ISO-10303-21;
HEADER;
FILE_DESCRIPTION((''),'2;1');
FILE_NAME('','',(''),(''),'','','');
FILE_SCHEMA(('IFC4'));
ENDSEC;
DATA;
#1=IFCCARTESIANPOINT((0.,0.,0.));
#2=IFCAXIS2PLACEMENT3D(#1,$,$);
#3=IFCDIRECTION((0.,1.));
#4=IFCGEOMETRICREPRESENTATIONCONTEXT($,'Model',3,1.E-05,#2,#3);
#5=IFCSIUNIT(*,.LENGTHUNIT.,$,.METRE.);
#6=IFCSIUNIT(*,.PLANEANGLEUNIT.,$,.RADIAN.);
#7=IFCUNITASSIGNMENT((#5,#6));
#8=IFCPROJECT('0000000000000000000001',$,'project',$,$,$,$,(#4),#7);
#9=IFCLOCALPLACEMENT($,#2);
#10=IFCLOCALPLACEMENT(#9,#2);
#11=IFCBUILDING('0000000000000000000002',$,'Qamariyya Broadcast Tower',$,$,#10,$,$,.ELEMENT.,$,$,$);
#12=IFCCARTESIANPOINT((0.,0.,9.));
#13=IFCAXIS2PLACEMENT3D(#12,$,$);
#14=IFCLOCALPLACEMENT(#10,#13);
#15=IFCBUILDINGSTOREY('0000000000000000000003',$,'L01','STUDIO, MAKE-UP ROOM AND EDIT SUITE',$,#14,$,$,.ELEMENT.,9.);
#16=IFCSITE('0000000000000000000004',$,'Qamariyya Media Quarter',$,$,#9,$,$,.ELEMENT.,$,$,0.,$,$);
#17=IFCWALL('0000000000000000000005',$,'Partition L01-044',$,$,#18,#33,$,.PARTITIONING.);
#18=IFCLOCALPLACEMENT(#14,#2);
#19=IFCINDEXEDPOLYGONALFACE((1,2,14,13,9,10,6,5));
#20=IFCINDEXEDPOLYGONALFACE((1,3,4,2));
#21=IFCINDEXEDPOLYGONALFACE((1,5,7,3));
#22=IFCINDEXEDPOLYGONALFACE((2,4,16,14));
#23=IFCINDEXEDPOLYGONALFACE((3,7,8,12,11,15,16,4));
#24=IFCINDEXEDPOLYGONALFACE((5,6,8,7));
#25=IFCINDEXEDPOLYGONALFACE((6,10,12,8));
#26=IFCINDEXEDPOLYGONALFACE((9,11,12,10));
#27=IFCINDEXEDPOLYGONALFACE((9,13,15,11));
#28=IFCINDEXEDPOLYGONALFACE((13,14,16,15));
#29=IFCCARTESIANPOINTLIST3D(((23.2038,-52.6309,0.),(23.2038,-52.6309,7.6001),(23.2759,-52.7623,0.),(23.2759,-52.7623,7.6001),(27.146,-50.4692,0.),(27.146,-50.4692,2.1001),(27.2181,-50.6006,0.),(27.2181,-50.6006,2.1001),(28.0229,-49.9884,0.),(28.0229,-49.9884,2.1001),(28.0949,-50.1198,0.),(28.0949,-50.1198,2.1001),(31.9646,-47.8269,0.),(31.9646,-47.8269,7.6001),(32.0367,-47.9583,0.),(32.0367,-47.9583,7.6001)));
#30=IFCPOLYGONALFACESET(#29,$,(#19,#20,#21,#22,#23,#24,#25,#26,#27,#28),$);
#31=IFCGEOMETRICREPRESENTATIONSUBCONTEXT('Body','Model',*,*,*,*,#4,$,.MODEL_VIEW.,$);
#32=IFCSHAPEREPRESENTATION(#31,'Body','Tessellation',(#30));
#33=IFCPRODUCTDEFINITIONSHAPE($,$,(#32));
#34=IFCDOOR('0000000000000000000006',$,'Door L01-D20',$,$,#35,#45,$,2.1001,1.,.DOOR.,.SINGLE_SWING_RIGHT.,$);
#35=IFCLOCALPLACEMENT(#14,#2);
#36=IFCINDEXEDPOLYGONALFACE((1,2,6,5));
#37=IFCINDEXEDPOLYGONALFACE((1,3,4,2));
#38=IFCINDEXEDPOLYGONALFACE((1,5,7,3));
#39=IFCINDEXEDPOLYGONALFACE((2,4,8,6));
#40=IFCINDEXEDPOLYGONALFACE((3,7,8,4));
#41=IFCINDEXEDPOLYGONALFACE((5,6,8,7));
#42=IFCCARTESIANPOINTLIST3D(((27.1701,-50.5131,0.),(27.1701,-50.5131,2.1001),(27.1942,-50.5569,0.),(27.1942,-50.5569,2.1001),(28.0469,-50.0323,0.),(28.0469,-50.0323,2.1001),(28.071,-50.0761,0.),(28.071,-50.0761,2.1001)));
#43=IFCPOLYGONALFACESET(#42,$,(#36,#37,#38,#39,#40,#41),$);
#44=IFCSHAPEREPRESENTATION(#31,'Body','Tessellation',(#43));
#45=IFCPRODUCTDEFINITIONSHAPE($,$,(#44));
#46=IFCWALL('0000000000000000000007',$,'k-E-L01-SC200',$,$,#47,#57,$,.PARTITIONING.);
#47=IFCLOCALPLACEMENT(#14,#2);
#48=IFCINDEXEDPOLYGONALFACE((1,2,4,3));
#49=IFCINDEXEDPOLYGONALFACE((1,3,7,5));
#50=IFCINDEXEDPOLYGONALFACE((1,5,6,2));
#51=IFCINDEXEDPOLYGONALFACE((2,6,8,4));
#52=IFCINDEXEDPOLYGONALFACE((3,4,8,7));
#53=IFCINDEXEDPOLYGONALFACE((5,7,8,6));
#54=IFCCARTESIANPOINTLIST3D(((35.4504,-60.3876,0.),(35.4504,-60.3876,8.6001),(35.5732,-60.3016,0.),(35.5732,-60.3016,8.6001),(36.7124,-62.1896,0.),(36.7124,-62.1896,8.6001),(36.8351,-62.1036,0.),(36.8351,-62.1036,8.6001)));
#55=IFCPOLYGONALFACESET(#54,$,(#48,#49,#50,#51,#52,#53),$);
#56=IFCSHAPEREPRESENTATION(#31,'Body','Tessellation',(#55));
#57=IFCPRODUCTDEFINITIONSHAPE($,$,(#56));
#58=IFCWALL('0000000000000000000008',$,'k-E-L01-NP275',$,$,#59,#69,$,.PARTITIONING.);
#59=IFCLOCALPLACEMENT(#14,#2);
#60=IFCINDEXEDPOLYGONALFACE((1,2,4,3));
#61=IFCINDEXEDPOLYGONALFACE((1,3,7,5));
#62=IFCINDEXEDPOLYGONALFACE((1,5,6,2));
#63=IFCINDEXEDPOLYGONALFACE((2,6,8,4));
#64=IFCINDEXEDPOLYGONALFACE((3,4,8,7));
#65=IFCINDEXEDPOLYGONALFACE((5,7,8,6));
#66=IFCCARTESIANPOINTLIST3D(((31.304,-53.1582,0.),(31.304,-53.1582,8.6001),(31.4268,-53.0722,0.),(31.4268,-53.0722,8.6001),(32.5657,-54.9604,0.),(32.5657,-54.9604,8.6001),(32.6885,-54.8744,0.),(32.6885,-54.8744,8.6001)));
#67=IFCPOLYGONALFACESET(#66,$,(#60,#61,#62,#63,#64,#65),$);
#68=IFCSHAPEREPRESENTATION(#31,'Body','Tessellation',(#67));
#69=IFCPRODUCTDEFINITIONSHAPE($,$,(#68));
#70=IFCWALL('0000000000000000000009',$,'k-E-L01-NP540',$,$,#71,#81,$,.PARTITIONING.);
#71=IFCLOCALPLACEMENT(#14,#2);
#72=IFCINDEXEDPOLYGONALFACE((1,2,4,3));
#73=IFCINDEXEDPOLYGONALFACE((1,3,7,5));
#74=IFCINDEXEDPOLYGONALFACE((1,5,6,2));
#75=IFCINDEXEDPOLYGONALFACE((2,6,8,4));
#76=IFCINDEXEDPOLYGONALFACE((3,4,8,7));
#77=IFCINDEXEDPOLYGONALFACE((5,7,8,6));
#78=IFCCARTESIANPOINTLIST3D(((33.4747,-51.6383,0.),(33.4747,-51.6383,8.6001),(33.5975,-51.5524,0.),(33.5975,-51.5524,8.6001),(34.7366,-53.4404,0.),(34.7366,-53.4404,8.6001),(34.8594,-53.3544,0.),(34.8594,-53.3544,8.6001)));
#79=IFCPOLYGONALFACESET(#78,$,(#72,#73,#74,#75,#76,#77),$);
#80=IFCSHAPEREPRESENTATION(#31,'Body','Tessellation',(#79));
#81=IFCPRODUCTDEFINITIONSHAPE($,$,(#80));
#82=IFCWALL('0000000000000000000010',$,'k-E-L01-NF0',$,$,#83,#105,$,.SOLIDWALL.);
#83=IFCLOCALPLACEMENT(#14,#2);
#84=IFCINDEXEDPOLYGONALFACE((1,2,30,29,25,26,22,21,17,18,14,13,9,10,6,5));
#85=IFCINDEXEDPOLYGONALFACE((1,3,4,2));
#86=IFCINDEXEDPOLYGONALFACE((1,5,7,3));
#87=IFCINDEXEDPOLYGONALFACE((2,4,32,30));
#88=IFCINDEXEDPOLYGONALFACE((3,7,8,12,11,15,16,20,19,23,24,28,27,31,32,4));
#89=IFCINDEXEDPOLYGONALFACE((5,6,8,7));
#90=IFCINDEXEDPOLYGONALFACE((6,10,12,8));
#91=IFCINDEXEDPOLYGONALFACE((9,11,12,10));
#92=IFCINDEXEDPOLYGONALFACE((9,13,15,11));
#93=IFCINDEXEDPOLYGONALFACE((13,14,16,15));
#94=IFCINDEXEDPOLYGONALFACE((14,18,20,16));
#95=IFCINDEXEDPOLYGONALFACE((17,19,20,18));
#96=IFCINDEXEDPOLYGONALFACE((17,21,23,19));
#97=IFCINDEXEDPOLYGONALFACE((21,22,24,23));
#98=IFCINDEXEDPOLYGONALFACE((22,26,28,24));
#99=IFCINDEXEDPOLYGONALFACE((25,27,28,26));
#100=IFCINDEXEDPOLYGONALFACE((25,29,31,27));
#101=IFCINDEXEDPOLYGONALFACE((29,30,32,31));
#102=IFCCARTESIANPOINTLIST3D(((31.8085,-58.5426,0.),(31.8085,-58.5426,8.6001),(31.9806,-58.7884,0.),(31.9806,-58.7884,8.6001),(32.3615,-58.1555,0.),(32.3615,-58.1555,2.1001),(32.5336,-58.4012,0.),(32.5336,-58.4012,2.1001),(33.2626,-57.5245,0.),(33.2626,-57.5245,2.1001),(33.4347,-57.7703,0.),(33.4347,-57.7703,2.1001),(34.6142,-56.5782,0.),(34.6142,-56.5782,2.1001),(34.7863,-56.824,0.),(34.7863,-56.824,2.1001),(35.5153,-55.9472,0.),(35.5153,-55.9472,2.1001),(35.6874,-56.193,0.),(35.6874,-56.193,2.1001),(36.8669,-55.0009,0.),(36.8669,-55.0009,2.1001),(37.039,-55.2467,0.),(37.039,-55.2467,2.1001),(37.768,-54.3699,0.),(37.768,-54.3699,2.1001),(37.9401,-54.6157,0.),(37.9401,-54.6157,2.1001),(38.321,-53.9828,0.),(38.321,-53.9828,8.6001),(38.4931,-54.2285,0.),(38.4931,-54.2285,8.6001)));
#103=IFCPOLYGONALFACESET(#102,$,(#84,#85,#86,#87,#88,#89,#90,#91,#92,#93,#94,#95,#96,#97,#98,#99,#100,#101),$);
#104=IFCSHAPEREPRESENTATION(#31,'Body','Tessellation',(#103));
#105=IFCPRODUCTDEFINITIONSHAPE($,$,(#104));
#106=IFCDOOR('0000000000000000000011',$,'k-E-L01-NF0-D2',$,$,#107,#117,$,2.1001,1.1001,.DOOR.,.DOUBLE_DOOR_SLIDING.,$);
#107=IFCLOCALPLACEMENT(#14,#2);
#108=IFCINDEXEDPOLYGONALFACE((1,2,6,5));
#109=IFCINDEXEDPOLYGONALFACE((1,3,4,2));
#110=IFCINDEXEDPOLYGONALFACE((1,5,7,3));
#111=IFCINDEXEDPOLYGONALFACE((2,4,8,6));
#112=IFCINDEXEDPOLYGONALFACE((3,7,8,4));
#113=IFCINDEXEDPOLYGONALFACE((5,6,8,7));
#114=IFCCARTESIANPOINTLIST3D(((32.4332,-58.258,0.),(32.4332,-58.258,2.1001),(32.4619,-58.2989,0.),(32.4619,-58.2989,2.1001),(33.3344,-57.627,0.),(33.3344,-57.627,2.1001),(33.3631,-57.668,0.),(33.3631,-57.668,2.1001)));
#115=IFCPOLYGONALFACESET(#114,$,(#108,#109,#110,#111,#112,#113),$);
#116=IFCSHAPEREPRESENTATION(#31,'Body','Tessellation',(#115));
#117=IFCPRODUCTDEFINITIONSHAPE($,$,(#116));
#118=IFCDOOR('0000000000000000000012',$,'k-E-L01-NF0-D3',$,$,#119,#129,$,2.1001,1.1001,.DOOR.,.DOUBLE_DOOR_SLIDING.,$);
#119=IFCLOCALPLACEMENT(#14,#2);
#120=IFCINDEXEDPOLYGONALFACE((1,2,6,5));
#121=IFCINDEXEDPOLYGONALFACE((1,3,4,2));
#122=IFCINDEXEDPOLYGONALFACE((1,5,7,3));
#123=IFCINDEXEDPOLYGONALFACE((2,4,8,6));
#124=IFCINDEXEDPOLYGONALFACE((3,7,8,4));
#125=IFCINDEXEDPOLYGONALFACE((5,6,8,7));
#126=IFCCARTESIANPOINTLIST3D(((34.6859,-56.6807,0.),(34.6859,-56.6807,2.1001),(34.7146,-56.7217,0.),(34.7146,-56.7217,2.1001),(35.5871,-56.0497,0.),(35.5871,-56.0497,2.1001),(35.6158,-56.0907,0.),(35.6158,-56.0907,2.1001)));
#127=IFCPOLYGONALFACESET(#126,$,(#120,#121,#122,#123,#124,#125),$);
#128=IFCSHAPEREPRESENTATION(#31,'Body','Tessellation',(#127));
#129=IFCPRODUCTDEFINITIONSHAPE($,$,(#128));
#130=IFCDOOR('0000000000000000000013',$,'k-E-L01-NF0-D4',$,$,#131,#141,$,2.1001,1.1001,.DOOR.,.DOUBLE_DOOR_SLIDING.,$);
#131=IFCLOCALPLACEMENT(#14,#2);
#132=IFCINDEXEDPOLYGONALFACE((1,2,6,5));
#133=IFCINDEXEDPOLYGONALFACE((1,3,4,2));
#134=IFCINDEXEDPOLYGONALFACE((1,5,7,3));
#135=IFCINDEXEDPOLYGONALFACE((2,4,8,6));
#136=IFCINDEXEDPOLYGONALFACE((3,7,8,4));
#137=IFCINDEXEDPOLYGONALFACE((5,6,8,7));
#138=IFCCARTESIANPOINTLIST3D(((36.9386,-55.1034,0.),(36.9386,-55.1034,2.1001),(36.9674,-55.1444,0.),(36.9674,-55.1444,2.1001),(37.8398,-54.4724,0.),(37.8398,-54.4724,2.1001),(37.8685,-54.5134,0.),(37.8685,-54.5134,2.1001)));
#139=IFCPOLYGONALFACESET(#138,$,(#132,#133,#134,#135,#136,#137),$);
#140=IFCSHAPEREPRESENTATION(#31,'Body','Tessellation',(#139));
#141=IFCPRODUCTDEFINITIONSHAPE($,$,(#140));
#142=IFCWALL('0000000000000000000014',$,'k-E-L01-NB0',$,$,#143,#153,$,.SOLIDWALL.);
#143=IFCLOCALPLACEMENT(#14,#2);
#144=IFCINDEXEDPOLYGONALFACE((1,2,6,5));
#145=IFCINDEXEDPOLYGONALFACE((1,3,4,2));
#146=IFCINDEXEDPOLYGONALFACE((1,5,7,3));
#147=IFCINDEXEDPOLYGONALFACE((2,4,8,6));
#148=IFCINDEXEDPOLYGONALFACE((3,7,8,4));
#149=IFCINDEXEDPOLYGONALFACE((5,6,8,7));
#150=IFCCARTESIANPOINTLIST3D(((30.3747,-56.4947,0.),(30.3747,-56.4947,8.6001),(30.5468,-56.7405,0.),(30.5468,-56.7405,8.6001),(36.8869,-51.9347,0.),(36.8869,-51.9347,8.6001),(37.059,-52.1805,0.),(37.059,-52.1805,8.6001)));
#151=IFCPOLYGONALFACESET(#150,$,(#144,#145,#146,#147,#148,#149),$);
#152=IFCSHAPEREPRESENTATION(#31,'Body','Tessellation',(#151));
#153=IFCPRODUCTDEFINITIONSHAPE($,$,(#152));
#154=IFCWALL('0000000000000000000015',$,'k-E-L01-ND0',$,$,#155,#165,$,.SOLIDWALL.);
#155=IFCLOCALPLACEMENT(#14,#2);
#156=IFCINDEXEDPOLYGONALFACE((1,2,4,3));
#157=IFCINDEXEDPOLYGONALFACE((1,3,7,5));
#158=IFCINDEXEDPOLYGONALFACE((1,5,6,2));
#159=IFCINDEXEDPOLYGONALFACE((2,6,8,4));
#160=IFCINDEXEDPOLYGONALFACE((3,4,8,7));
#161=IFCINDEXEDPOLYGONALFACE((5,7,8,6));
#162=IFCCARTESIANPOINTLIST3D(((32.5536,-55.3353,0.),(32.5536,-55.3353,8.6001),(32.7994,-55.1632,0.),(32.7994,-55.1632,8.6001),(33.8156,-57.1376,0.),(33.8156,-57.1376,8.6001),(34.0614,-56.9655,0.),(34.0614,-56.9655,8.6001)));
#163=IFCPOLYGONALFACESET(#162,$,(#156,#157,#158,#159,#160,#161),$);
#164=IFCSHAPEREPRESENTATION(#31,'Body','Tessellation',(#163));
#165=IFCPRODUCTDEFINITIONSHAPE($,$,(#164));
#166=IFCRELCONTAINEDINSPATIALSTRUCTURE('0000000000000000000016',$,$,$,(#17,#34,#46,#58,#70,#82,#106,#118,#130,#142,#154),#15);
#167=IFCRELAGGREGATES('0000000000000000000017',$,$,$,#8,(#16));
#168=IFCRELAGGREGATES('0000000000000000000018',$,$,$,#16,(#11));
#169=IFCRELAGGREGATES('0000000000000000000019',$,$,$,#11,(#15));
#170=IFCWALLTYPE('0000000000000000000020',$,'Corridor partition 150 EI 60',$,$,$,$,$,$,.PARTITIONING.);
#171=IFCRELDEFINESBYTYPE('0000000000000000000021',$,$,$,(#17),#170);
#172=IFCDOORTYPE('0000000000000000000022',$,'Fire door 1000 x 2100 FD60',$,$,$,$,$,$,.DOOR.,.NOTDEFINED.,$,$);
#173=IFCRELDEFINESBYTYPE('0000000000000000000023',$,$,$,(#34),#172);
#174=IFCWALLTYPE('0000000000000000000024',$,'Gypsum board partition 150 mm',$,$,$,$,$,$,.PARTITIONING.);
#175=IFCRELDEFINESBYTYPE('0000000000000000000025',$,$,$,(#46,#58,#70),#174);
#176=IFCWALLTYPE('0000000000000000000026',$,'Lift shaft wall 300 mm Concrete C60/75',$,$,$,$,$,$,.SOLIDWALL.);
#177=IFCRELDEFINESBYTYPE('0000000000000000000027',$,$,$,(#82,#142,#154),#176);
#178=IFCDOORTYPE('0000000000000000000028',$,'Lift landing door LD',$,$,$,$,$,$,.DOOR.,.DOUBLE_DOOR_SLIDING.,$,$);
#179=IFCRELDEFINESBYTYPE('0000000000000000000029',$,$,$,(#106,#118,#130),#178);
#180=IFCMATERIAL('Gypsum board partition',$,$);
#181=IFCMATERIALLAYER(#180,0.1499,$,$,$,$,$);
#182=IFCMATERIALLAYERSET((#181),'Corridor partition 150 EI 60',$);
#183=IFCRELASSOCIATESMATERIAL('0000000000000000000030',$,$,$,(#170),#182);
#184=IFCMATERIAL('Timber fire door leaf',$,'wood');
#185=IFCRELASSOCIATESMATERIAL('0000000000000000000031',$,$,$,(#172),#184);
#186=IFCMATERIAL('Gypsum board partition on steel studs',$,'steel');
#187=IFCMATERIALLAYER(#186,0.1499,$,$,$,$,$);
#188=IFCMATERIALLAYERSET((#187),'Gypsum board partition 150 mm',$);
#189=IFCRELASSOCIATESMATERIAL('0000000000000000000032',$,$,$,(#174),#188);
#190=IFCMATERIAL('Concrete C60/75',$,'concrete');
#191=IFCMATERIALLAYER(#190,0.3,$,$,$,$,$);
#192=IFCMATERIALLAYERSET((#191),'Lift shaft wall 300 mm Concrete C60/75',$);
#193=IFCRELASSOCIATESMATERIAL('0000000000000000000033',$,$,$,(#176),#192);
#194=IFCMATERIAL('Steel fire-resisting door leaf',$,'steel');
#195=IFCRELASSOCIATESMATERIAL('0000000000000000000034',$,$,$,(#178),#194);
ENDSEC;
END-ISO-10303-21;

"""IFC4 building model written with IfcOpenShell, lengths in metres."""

from ifc_helpers import new_model, si_unit, direction, frame, frame_2d, origin, place, context, subcontext, project, spatial, rectangle, extrude, material, layer, layer_set, type_object, element, fill, save


model = new_model("IFC4")

# Units and contexts
model_context = context("Model", 3, precision=1e-05, world=origin(), true_north=direction((0.0, 1.0)))
body_context = subcontext(model_context, "Body", "Model", "MODEL_VIEW")
ifc_project = project(units=[si_unit("LENGTHUNIT", "METRE"), si_unit("PLANEANGLEUNIT", "RADIAN")], contexts=[model_context])

# Site, building, storey
site_placement = place(None, origin())
site = spatial("IfcSite", under=ifc_project, at=site_placement, Name="Qamariyya Media Quarter", CompositionType="ELEMENT", RefElevation=0.0)
building_placement = place(site_placement, origin())
building = spatial("IfcBuilding", under=site, at=building_placement, Name="Qamariyya Broadcast Tower", CompositionType="ELEMENT")
storey_placement = place(building_placement, frame((0.0, 0.0, 9.0)))
storey = spatial("IfcBuildingStorey", under=building, at=storey_placement, Name="L01", Description="STUDIO, MAKE-UP ROOM AND EDIT SUITE", CompositionType="ELEMENT", Elevation=9.0)

# Shared definitions
ifc_material_1 = material(Name="Steel fire-resisting door leaf", Category="steel")

# Shared definitions
ifc_material_2 = material(Name="Gypsum board partition")
ifc_layer_1 = layer(ifc_material_2, 0.1499)
ifc_layer_set_1 = layer_set([ifc_layer_1], Name="Corridor partition 150 EI 60")
wall_type_1 = type_object("IfcWallType", Name="Corridor partition 150 EI 60", PredefinedType="PARTITIONING", material=ifc_layer_set_1)

# Wall, opening, door
wall_1_placement = place(storey_placement, frame((23.24, -52.6965, 0.0), z_axis=(0.0, 0.0, 1.0), x_axis=(0.876826, 0.480808, 0.0)))
wall_1 = element("IfcWall", 1, at=wall_1_placement, inside=storey, type_object=wall_type_1, Name="Partition L01-044", PredefinedType="PARTITIONING", context=body_context, shape_type="SweptSolid", body=[
    extrude(rectangle(XDim=9.9915, YDim=0.1499, at=frame_2d((4.9956, 0.0))), origin(), (0.0, 0.0, 1.0), 7.6001),
])
opening_1_placement = place(wall_1_placement, frame((4.4958, 0.0, 0.0)))
opening_1 = element("IfcOpeningElement", 2, at=opening_1_placement, cuts=wall_1, PredefinedType="OPENING", context=body_context, shape_type="SweptSolid", body=[
    extrude(rectangle(XDim=1.0, YDim=2.1001, at=frame_2d((0.5, 1.05))), frame((0.0, 0.085, 0.0), z_axis=(0.0, -1.0, 0.0), x_axis=(1.0, 0.0, 0.0)), (0.0, 0.0, 1.0), 0.1699),
])
ifc_material_3 = material(Name="Timber fire door leaf", Category="wood")
door_type_1 = type_object("IfcDoorType", Name="Fire door 1000 x 2100 FD60", OperationType="NOTDEFINED", PredefinedType="DOOR", material=ifc_material_3)
door_1_placement = place(opening_1_placement, origin())
door_1 = element("IfcDoor", 3, at=door_1_placement, inside=storey, type_object=door_type_1, Name="Door L01-D20", OperationType="SINGLE_SWING_RIGHT", OverallHeight=2.1001, OverallWidth=1.0, PredefinedType="DOOR", context=body_context, shape_type="SweptSolid", body=[
    extrude(rectangle(XDim=1.0, YDim=2.1001, at=frame_2d((0.5, 1.05))), frame((0.0, 0.0249, 0.0), z_axis=(0.0, -1.0, 0.0), x_axis=(1.0, 0.0, 0.0)), (0.0, 0.0, 1.0), 0.05),
])
fill(opening_1, door_1)

# Walls
ifc_material_4 = material(Name="Gypsum board partition on steel studs", Category="steel")
ifc_layer_2 = layer(ifc_material_4, 0.1499)
ifc_layer_set_2 = layer_set([ifc_layer_2], Name="Gypsum board partition 150 mm")
wall_type_2 = type_object("IfcWallType", Name="Gypsum board partition 150 mm", PredefinedType="PARTITIONING", material=ifc_layer_set_2)
for number, where, z_axis, x_axis, name in (
    (4, (35.5117, -60.3445, 0.0), (0.0, 0.0, 1.0), (0.573634, -0.819112, 0.0), "k-E-L01-SC200"),
    (5, (32.6272, -54.9175, 0.0), (0.0, 0.0, 1.0), (-0.573507, 0.819201, 0.0), "k-E-L01-NP275"),
    (6, (34.7981, -53.3975, 0.0), (0.0, 0.0, 1.0), (-0.573634, 0.819112, 0.0), "k-E-L01-NP540"),
):
    element("IfcWall", number, at=place(storey_placement, frame(where, z_axis=z_axis, x_axis=x_axis)), inside=storey, type_object=wall_type_2, Name=name, PredefinedType="PARTITIONING", context=body_context, shape_type="SweptSolid", body=[
        extrude(rectangle(XDim=2.2, YDim=0.1499, at=frame_2d((1.1001, 0.0))), origin(), (0.0, 0.0, 1.0), 8.6001),
    ])

# Wall, openings, doors
ifc_material_5 = material(Name="Concrete C60/75", Category="concrete")
ifc_layer_3 = layer(ifc_material_5, 0.3)
ifc_layer_set_3 = layer_set([ifc_layer_3], Name="Lift shaft wall 300 mm Concrete C60/75")
wall_type_3 = type_object("IfcWallType", Name="Lift shaft wall 300 mm Concrete C60/75", PredefinedType="SOLIDWALL", material=ifc_layer_set_3)
wall_2_placement = place(storey_placement, frame((31.8945, -58.6655, 0.0), z_axis=(0.0, 0.0, 1.0), x_axis=(0.819167, 0.573555, 0.0)))
wall_2 = element("IfcWall", 7, at=wall_2_placement, inside=storey, type_object=wall_type_3, Name="k-E-L01-NF0", PredefinedType="SOLIDWALL", context=body_context, shape_type="SweptSolid", body=[
    extrude(rectangle(XDim=7.9502, YDim=0.3, at=frame_2d((3.9751, 0.0))), origin(), (0.0, 0.0, 1.0), 8.6001),
])
opening_2_placement = place(wall_2_placement, frame((0.675, 0.0, 0.0)))
opening_2 = element("IfcOpeningElement", 8, at=opening_2_placement, cuts=wall_2, PredefinedType="OPENING", context=body_context, shape_type="SweptSolid", body=[
    extrude(rectangle(XDim=1.1001, YDim=2.1001, at=frame_2d((0.55, 1.05))), frame((0.0, 0.1599, 0.0), z_axis=(0.0, -1.0, 0.0), x_axis=(1.0, 0.0, 0.0)), (0.0, 0.0, 1.0), 0.3201),
])
opening_3_placement = place(wall_2_placement, frame((3.425, 0.0, 0.0)))
opening_3 = element("IfcOpeningElement", 9, at=opening_3_placement, cuts=wall_2, PredefinedType="OPENING", context=body_context, shape_type="SweptSolid", body=[
    extrude(rectangle(XDim=1.1001, YDim=2.1001, at=frame_2d((0.55, 1.05))), frame((0.0, 0.1599, 0.0), z_axis=(0.0, -1.0, 0.0), x_axis=(1.0, 0.0, 0.0)), (0.0, 0.0, 1.0), 0.3201),
])
opening_4_placement = place(wall_2_placement, frame((6.175, 0.0, 0.0)))
opening_4 = element("IfcOpeningElement", 10, at=opening_4_placement, cuts=wall_2, PredefinedType="OPENING", context=body_context, shape_type="SweptSolid", body=[
    extrude(rectangle(XDim=1.1001, YDim=2.1001, at=frame_2d((0.55, 1.05))), frame((0.0, 0.1599, 0.0), z_axis=(0.0, -1.0, 0.0), x_axis=(1.0, 0.0, 0.0)), (0.0, 0.0, 1.0), 0.3201),
])
door_type_2 = type_object("IfcDoorType", Name="Lift landing door LD", OperationType="DOUBLE_DOOR_SLIDING", PredefinedType="DOOR", material=ifc_material_1)
door_2_placement = place(opening_2_placement, origin())
door_2 = element("IfcDoor", 11, at=door_2_placement, inside=storey, type_object=door_type_2, Name="k-E-L01-NF0-D2", OperationType="DOUBLE_DOOR_SLIDING", OverallHeight=2.1001, OverallWidth=1.1001, PredefinedType="DOOR", context=body_context, shape_type="SweptSolid", body=[
    extrude(rectangle(XDim=1.1001, YDim=2.1001, at=frame_2d((0.55, 1.05))), frame((0.0, 0.0249, 0.0), z_axis=(0.0, -1.0, 0.0), x_axis=(1.0, 0.0, 0.0)), (0.0, 0.0, 1.0), 0.05),
])
fill(opening_2, door_2)
door_3_placement = place(opening_3_placement, origin())
door_3 = element("IfcDoor", 12, at=door_3_placement, inside=storey, type_object=door_type_2, Name="k-E-L01-NF0-D3", OperationType="DOUBLE_DOOR_SLIDING", OverallHeight=2.1001, OverallWidth=1.1001, PredefinedType="DOOR", context=body_context, shape_type="SweptSolid", body=[
    extrude(rectangle(XDim=1.1001, YDim=2.1001, at=frame_2d((0.55, 1.05))), frame((0.0, 0.0249, 0.0), z_axis=(0.0, -1.0, 0.0), x_axis=(1.0, 0.0, 0.0)), (0.0, 0.0, 1.0), 0.05),
])
fill(opening_3, door_3)
door_4_placement = place(opening_4_placement, origin())
door_4 = element("IfcDoor", 13, at=door_4_placement, inside=storey, type_object=door_type_2, Name="k-E-L01-NF0-D4", OperationType="DOUBLE_DOOR_SLIDING", OverallHeight=2.1001, OverallWidth=1.1001, PredefinedType="DOOR", context=body_context, shape_type="SweptSolid", body=[
    extrude(rectangle(XDim=1.1001, YDim=2.1001, at=frame_2d((0.55, 1.05))), frame((0.0, 0.0249, 0.0), z_axis=(0.0, -1.0, 0.0), x_axis=(1.0, 0.0, 0.0)), (0.0, 0.0, 1.0), 0.05),
])
fill(opening_4, door_4)

# Walls
wall_3_placement = place(storey_placement, frame((30.4607, -56.6177, 0.0), z_axis=(0.0, 0.0, 1.0), x_axis=(0.819142, 0.57359, 0.0)))
element("IfcWall", 14, at=wall_3_placement, inside=storey, type_object=wall_type_3, Name="k-E-L01-NB0", PredefinedType="SOLIDWALL", context=body_context, shape_type="SweptSolid", body=[
    extrude(rectangle(XDim=7.95, YDim=0.3, at=frame_2d((3.9751, 0.0))), origin(), (0.0, 0.0, 1.0), 8.6001),
])
wall_4_placement = place(storey_placement, frame((33.9385, -57.0515, 0.0), z_axis=(0.0, 0.0, 1.0), x_axis=(-0.573581, 0.819149, 0.0)))
element("IfcWall", 15, at=wall_4_placement, inside=storey, type_object=wall_type_3, Name="k-E-L01-ND0", PredefinedType="SOLIDWALL", context=body_context, shape_type="SweptSolid", body=[
    extrude(rectangle(XDim=2.2002, YDim=0.3, at=frame_2d((1.1001, 0.0))), origin(), (0.0, 0.0, 1.0), 8.6001),
])

save(model, "model.ifc")
